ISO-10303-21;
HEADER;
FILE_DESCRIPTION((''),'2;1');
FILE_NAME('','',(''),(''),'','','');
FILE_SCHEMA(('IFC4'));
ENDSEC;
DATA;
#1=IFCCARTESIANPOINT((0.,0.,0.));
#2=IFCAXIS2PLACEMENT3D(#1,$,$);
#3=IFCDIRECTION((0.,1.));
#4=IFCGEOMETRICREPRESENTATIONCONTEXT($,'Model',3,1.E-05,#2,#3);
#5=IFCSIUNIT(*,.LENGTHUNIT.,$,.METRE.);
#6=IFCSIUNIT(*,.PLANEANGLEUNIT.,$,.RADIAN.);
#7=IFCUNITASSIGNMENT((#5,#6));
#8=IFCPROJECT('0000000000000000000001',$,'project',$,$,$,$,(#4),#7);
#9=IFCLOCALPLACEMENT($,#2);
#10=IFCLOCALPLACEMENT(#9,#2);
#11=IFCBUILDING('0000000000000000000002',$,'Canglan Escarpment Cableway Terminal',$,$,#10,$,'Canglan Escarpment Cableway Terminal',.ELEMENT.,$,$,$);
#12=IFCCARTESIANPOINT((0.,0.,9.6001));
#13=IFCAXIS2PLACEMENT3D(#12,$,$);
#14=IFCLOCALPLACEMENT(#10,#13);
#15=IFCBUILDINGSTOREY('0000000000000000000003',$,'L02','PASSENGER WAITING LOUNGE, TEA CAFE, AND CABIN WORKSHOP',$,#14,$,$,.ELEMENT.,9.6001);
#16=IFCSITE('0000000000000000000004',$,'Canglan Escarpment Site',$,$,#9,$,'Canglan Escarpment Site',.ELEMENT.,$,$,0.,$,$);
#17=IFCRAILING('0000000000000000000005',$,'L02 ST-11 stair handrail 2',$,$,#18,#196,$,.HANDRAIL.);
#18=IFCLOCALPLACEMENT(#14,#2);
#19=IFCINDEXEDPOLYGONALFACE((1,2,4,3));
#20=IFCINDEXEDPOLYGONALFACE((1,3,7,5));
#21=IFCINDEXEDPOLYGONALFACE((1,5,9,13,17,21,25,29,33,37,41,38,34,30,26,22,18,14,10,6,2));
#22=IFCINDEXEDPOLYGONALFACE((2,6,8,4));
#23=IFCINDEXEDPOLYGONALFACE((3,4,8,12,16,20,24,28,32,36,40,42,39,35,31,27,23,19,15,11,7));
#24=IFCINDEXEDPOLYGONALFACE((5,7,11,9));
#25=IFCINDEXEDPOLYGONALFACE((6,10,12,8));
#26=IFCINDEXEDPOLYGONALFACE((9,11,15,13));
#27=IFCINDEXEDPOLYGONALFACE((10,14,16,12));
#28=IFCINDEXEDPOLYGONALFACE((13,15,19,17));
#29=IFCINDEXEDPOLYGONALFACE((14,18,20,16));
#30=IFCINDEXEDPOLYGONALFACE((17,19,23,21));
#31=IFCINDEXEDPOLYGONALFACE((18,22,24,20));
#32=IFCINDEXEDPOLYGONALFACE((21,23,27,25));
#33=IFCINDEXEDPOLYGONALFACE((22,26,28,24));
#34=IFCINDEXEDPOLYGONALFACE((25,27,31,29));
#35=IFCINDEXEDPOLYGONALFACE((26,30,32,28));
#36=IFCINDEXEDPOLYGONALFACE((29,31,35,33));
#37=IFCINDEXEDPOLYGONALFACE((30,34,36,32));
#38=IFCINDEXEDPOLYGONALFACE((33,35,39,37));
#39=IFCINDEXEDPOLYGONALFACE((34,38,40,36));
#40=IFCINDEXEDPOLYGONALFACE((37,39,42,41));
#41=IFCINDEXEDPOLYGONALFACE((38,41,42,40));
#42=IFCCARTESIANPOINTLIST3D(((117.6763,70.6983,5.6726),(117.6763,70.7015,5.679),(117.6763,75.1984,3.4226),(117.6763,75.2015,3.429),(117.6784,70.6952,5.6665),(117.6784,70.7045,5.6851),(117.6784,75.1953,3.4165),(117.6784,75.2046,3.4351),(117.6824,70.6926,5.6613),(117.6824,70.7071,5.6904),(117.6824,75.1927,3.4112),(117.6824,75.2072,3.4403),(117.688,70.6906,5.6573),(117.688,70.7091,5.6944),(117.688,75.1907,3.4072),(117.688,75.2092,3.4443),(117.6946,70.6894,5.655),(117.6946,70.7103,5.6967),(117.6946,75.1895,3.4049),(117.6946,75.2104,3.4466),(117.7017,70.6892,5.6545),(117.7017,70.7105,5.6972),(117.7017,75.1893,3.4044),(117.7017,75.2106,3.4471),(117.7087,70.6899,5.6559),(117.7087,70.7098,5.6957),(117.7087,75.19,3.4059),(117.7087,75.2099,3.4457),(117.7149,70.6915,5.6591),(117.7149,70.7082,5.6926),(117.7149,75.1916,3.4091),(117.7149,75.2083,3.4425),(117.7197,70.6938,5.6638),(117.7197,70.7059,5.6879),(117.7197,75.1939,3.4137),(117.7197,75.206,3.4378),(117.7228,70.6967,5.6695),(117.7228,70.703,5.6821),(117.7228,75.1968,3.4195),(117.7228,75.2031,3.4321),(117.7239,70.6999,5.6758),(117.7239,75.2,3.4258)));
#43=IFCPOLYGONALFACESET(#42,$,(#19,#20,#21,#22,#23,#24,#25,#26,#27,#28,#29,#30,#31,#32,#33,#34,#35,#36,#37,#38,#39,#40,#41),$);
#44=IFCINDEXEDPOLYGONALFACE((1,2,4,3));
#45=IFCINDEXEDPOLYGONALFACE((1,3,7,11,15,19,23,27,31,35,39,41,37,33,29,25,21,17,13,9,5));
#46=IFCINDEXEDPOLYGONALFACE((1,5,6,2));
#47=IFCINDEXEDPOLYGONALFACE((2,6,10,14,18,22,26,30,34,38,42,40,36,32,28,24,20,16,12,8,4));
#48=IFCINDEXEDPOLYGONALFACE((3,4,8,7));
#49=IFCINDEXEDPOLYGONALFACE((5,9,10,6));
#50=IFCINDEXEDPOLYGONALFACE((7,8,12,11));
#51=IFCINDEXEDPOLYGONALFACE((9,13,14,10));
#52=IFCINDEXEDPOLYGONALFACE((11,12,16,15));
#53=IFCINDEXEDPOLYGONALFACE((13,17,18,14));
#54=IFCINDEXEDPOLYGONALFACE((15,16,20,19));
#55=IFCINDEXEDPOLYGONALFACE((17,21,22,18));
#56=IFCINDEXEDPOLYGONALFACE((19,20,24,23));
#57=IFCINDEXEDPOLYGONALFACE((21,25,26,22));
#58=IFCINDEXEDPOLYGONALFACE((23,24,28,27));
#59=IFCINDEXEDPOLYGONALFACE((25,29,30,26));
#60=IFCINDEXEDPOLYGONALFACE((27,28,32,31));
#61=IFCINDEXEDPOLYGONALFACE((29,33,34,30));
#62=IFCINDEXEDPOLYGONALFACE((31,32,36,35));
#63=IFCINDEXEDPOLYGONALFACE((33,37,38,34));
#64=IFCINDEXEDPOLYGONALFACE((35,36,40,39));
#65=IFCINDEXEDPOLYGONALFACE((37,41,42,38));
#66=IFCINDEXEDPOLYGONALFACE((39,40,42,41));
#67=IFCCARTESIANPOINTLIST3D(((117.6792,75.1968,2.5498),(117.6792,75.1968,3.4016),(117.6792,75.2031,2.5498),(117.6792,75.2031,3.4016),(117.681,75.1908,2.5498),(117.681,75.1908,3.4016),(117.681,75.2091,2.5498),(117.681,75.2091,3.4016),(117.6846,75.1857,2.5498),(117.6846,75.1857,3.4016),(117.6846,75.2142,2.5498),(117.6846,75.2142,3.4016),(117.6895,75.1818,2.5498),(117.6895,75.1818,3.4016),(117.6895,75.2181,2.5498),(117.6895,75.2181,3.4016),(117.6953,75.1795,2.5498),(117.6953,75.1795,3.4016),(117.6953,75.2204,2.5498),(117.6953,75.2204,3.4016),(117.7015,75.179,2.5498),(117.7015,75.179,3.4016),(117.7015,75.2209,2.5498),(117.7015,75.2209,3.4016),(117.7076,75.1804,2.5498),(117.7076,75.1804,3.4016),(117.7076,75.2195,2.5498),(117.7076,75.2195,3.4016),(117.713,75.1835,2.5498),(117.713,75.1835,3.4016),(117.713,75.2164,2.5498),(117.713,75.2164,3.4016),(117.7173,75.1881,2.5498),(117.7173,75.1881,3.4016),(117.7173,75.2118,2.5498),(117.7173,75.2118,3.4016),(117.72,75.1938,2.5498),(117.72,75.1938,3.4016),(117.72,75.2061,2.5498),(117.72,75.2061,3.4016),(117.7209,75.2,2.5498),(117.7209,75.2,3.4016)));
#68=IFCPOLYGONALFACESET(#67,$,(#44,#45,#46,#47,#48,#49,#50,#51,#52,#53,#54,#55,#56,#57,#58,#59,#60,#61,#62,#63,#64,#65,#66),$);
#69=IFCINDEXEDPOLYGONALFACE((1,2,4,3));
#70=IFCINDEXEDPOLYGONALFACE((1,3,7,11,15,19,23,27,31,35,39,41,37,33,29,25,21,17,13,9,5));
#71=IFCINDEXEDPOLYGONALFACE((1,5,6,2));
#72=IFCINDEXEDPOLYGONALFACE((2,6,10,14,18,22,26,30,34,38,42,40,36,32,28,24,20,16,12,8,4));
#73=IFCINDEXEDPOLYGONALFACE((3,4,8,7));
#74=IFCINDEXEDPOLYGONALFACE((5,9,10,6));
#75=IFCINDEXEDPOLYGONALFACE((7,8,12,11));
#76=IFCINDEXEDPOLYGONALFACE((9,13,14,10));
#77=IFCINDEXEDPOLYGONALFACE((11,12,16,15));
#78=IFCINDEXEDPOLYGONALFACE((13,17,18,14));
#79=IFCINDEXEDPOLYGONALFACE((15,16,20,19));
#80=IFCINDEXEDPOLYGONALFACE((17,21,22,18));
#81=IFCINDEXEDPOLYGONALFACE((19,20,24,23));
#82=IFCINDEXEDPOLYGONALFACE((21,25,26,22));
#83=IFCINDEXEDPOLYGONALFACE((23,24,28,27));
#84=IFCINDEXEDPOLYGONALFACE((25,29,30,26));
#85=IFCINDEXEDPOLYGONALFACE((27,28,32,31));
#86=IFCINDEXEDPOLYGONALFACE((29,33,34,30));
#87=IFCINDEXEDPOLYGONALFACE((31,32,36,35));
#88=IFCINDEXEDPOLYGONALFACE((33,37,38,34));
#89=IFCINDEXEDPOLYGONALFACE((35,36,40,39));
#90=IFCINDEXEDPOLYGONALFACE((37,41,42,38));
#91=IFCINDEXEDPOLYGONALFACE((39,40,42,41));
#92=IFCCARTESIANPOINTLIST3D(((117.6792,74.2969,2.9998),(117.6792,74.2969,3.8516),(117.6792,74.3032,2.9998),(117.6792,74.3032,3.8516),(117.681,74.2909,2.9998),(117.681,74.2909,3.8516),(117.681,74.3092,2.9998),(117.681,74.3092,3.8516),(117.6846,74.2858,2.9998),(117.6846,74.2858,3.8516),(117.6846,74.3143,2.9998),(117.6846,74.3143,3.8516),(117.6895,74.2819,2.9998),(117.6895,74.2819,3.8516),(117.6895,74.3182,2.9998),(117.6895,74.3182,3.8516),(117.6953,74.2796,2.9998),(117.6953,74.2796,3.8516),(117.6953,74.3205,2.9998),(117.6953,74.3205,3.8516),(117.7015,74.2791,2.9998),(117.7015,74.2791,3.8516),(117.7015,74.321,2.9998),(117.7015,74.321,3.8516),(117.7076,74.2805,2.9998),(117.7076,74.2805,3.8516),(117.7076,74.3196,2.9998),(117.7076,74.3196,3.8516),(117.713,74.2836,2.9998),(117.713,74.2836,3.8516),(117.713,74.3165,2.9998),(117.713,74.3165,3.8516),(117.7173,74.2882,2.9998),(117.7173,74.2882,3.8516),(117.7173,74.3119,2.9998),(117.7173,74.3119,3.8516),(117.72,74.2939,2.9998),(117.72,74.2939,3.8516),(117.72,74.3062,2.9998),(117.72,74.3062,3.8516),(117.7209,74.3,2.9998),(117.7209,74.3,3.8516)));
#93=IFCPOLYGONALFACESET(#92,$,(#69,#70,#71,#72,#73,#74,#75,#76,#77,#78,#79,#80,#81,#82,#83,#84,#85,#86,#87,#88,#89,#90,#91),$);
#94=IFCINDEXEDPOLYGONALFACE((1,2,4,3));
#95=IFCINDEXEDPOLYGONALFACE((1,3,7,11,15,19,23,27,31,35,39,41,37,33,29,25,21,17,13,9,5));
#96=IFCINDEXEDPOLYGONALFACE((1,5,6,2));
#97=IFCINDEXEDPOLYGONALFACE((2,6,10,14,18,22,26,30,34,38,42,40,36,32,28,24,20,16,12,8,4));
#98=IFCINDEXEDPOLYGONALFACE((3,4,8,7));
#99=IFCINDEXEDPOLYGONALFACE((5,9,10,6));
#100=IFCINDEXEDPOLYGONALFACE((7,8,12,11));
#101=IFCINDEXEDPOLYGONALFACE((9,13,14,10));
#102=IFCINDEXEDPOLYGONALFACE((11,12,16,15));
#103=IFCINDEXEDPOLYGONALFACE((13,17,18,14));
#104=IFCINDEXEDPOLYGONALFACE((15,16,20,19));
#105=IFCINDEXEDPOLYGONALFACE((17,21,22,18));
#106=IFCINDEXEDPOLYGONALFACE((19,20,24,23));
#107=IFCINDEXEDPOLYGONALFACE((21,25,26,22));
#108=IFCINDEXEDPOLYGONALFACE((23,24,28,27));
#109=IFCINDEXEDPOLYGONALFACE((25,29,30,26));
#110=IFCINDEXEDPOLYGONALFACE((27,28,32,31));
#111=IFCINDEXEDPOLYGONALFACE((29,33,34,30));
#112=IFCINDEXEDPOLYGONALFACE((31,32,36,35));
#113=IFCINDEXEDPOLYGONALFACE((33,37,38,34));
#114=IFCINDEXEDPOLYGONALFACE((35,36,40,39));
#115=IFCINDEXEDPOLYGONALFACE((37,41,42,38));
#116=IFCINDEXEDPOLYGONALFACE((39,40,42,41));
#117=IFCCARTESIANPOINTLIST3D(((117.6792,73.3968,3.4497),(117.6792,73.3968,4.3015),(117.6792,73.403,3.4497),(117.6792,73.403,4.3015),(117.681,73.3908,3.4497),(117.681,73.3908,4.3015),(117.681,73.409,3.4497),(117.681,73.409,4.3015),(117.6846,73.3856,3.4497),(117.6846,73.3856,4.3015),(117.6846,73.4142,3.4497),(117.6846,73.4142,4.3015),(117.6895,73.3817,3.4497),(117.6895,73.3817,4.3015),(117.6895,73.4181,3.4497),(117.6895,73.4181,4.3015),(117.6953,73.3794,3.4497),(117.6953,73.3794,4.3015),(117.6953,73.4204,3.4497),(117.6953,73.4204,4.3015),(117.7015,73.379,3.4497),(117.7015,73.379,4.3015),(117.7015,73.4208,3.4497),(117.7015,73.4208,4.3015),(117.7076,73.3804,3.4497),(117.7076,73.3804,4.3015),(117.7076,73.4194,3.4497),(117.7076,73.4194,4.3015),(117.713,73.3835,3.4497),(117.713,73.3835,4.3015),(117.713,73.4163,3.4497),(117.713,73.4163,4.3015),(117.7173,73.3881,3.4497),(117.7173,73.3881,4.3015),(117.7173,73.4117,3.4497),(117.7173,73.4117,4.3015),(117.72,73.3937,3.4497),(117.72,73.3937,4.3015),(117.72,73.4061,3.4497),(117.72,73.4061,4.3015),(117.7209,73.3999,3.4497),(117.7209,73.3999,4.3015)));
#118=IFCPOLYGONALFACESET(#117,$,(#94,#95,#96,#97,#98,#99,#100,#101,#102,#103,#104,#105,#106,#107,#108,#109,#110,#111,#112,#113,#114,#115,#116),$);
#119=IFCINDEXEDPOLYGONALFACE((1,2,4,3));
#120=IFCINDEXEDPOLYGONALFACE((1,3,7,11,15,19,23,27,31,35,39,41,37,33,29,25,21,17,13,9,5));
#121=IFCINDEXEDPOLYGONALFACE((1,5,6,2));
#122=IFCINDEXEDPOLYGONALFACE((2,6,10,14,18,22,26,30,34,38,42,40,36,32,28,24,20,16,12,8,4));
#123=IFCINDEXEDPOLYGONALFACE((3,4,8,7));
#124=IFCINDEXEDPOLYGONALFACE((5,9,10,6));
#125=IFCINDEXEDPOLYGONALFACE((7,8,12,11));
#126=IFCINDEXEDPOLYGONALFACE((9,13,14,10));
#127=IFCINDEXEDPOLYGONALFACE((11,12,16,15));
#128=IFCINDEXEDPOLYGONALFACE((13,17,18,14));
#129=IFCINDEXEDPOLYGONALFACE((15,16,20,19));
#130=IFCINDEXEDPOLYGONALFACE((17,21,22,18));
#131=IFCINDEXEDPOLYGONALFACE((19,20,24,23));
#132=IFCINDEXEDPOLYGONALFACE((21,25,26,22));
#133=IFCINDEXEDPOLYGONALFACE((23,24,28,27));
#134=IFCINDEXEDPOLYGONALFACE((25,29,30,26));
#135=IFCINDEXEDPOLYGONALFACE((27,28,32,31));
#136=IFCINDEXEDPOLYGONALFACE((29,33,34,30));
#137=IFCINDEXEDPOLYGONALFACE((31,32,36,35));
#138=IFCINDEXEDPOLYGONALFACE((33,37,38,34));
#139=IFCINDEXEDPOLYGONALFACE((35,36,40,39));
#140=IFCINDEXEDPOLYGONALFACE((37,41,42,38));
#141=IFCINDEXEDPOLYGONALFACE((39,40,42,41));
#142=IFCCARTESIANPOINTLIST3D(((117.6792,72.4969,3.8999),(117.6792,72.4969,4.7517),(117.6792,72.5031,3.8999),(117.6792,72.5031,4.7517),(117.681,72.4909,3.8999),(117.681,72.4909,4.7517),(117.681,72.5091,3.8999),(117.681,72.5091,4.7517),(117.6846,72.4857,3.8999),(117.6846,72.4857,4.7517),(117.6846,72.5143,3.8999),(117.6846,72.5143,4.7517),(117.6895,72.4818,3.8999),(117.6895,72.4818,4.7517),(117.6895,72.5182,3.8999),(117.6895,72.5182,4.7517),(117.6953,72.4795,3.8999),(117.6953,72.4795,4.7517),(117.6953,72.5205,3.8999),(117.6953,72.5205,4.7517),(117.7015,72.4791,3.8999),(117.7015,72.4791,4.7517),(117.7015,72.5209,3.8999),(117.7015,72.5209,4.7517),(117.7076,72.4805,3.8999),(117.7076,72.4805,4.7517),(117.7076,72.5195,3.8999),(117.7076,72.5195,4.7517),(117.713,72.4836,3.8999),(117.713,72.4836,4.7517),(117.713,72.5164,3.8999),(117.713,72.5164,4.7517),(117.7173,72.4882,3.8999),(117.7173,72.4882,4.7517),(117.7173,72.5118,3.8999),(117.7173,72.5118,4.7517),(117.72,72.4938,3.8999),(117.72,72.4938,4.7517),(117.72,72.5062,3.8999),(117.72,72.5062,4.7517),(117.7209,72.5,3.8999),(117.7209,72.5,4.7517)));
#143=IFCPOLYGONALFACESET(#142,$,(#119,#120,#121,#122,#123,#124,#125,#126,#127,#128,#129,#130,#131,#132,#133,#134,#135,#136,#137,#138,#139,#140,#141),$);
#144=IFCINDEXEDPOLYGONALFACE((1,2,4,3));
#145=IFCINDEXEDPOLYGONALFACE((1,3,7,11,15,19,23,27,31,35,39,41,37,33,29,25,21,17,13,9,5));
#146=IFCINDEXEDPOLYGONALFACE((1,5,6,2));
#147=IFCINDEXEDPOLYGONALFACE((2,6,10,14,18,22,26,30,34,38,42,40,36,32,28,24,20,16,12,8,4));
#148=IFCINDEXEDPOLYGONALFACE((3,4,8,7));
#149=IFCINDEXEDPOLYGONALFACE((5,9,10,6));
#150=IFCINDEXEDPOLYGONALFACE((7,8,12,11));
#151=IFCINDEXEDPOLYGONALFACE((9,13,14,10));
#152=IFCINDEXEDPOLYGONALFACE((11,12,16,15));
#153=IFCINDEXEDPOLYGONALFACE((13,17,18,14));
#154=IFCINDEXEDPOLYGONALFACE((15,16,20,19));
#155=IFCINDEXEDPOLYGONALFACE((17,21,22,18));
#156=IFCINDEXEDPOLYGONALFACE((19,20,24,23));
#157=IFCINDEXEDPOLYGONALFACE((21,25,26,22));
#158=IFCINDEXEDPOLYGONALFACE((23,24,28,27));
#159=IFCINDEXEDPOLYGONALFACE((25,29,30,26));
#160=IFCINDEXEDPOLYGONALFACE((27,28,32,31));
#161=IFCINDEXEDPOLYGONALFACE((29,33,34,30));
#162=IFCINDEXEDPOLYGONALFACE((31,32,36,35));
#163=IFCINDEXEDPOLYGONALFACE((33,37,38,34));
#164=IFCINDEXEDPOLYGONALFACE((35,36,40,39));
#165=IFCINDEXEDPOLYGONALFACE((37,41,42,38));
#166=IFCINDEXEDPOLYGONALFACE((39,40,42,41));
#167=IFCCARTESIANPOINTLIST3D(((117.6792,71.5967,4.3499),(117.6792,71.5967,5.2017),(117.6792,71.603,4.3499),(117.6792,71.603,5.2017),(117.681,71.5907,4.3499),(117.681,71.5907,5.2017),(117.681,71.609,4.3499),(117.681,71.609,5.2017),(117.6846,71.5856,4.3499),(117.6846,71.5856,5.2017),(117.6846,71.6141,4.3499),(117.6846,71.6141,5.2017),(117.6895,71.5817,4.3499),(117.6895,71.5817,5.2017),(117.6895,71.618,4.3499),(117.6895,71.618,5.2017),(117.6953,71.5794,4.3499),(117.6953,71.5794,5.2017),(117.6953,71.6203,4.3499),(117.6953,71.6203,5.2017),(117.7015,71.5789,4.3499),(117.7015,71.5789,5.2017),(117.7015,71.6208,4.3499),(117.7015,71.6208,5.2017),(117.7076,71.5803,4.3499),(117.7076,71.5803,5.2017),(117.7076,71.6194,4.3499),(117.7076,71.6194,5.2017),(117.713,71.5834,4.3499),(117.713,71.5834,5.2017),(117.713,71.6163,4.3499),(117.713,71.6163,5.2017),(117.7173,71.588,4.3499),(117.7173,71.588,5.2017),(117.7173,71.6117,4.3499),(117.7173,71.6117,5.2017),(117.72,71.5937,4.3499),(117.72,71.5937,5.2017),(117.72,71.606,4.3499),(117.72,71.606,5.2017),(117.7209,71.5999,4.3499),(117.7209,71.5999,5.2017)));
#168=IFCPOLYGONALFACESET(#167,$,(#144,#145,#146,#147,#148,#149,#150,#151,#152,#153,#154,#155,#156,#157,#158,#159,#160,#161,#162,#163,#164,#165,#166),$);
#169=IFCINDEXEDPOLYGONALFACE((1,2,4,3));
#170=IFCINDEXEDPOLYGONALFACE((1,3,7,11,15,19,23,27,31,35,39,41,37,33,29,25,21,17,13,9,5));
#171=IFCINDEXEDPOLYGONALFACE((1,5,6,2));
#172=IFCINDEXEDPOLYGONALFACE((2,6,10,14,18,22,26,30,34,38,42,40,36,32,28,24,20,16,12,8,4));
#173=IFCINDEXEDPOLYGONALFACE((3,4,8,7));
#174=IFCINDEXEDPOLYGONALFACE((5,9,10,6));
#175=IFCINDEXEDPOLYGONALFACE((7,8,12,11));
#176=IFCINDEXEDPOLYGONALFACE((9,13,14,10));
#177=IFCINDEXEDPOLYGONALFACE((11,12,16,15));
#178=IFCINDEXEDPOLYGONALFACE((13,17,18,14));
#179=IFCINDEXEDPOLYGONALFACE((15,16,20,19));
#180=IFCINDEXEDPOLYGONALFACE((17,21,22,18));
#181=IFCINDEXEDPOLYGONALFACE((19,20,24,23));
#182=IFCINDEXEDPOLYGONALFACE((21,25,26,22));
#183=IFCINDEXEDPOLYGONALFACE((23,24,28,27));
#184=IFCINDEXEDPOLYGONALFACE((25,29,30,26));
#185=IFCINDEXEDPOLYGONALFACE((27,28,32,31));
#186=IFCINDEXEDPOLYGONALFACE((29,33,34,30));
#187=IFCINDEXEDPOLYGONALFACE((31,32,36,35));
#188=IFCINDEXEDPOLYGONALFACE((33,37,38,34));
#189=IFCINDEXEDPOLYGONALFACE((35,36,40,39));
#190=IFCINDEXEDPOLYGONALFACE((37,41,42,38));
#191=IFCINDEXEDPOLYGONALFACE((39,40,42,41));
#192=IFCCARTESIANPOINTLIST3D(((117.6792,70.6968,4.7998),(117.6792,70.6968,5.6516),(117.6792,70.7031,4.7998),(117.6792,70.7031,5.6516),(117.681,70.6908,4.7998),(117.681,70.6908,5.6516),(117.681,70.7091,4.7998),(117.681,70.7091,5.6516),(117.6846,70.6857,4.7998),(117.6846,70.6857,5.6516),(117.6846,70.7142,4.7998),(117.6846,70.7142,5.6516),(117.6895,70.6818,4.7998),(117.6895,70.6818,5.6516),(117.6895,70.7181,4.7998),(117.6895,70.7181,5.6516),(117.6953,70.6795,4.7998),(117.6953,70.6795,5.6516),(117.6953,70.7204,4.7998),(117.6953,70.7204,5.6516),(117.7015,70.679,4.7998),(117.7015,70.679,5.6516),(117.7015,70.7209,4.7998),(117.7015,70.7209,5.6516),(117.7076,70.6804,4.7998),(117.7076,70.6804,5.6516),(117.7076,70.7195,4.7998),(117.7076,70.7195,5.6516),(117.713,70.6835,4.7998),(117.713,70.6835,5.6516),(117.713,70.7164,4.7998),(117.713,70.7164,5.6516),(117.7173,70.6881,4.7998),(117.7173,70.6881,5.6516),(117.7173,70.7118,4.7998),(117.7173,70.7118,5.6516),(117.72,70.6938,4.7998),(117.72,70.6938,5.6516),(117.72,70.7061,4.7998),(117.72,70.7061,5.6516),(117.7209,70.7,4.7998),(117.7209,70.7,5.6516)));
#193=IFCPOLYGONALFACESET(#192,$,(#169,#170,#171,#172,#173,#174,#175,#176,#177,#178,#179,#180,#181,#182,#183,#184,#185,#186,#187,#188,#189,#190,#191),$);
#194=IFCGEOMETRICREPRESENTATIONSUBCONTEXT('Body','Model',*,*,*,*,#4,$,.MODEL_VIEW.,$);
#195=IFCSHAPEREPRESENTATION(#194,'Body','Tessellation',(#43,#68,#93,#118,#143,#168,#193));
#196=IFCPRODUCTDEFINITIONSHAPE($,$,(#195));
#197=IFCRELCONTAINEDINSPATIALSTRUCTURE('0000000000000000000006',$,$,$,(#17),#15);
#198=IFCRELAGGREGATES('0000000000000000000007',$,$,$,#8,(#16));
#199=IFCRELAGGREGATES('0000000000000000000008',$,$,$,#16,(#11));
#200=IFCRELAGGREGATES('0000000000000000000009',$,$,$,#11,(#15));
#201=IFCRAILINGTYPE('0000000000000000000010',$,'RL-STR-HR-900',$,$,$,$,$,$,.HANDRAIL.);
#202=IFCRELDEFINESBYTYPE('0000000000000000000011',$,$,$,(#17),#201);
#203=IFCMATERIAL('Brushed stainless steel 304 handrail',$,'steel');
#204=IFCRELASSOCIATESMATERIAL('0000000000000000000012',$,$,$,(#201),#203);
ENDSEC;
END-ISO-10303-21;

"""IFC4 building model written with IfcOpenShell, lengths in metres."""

from ifc_helpers import new_model, si_unit, direction, frame, origin, origin_2d, place, context, subcontext, project, spatial, circle, extrude, material, type_object, element, save


model = new_model("IFC4")

# Units and contexts
model_context = context("Model", 3, precision=1e-05, world=origin(), true_north=direction((0.0, 1.0)))
body_context = subcontext(model_context, "Body", "Model", "MODEL_VIEW")
ifc_project = project(units=[si_unit("LENGTHUNIT", "METRE"), si_unit("PLANEANGLEUNIT", "RADIAN")], contexts=[model_context])

# Site, building, storey
site_placement = place(None, origin())
site = spatial("IfcSite", under=ifc_project, at=site_placement, Name="Canglan Escarpment Site", LongName="Canglan Escarpment Site", CompositionType="ELEMENT", RefElevation=0.0)
building_placement = place(site_placement, origin())
building = spatial("IfcBuilding", under=site, at=building_placement, Name="Canglan Escarpment Cableway Terminal", LongName="Canglan Escarpment Cableway Terminal", CompositionType="ELEMENT")
storey_placement = place(building_placement, frame((0.0, 0.0, 9.6001)))
storey = spatial("IfcBuildingStorey", under=building, at=storey_placement, Name="L02", Description="PASSENGER WAITING LOUNGE, TEA CAFE, AND CABIN WORKSHOP", CompositionType="ELEMENT", Elevation=9.6001)

# Railing
ifc_material_1 = material(Name="Brushed stainless steel 304 handrail", Category="steel")
railing_type_1 = type_object("IfcRailingType", Name="RL-STR-HR-900", PredefinedType="HANDRAIL", material=ifc_material_1)
railing_1_placement = place(storey_placement, frame((117.7, 75.2, 2.5498)))
element("IfcRailing", 1, at=railing_1_placement, inside=storey, type_object=railing_type_1, Name="L02 ST-11 stair handrail 2", PredefinedType="HANDRAIL", context=body_context, shape_type="SweptSolid", body=[
    extrude(circle(Radius=0.0239, at=origin_2d()), frame((0.0, 0.0, 0.876), z_axis=(0.0, -0.894427, 0.447214), x_axis=(1.0, 0.0, 0.0)), (0.0, 0.0, 1.0), 5.0312),
    extrude(circle(Radius=0.021, at=origin_2d()), origin(), (0.0, 0.0, 1.0), 0.8518),
    extrude(circle(Radius=0.021, at=origin_2d()), frame((0.0, -0.8999, 0.45)), (0.0, 0.0, 1.0), 0.8518),
    extrude(circle(Radius=0.021, at=origin_2d()), frame((0.0, -1.8, 0.8999)), (0.0, 0.0, 1.0), 0.8518),
    extrude(circle(Radius=0.021, at=origin_2d()), frame((0.0, -2.7, 1.3501)), (0.0, 0.0, 1.0), 0.8518),
    extrude(circle(Radius=0.021, at=origin_2d()), frame((0.0, -3.6001, 1.8)), (0.0, 0.0, 1.0), 0.8518),
    extrude(circle(Radius=0.021, at=origin_2d()), frame((0.0, -4.5, 2.25)), (0.0, 0.0, 1.0), 0.8518),
])

save(model, "model.ifc")
